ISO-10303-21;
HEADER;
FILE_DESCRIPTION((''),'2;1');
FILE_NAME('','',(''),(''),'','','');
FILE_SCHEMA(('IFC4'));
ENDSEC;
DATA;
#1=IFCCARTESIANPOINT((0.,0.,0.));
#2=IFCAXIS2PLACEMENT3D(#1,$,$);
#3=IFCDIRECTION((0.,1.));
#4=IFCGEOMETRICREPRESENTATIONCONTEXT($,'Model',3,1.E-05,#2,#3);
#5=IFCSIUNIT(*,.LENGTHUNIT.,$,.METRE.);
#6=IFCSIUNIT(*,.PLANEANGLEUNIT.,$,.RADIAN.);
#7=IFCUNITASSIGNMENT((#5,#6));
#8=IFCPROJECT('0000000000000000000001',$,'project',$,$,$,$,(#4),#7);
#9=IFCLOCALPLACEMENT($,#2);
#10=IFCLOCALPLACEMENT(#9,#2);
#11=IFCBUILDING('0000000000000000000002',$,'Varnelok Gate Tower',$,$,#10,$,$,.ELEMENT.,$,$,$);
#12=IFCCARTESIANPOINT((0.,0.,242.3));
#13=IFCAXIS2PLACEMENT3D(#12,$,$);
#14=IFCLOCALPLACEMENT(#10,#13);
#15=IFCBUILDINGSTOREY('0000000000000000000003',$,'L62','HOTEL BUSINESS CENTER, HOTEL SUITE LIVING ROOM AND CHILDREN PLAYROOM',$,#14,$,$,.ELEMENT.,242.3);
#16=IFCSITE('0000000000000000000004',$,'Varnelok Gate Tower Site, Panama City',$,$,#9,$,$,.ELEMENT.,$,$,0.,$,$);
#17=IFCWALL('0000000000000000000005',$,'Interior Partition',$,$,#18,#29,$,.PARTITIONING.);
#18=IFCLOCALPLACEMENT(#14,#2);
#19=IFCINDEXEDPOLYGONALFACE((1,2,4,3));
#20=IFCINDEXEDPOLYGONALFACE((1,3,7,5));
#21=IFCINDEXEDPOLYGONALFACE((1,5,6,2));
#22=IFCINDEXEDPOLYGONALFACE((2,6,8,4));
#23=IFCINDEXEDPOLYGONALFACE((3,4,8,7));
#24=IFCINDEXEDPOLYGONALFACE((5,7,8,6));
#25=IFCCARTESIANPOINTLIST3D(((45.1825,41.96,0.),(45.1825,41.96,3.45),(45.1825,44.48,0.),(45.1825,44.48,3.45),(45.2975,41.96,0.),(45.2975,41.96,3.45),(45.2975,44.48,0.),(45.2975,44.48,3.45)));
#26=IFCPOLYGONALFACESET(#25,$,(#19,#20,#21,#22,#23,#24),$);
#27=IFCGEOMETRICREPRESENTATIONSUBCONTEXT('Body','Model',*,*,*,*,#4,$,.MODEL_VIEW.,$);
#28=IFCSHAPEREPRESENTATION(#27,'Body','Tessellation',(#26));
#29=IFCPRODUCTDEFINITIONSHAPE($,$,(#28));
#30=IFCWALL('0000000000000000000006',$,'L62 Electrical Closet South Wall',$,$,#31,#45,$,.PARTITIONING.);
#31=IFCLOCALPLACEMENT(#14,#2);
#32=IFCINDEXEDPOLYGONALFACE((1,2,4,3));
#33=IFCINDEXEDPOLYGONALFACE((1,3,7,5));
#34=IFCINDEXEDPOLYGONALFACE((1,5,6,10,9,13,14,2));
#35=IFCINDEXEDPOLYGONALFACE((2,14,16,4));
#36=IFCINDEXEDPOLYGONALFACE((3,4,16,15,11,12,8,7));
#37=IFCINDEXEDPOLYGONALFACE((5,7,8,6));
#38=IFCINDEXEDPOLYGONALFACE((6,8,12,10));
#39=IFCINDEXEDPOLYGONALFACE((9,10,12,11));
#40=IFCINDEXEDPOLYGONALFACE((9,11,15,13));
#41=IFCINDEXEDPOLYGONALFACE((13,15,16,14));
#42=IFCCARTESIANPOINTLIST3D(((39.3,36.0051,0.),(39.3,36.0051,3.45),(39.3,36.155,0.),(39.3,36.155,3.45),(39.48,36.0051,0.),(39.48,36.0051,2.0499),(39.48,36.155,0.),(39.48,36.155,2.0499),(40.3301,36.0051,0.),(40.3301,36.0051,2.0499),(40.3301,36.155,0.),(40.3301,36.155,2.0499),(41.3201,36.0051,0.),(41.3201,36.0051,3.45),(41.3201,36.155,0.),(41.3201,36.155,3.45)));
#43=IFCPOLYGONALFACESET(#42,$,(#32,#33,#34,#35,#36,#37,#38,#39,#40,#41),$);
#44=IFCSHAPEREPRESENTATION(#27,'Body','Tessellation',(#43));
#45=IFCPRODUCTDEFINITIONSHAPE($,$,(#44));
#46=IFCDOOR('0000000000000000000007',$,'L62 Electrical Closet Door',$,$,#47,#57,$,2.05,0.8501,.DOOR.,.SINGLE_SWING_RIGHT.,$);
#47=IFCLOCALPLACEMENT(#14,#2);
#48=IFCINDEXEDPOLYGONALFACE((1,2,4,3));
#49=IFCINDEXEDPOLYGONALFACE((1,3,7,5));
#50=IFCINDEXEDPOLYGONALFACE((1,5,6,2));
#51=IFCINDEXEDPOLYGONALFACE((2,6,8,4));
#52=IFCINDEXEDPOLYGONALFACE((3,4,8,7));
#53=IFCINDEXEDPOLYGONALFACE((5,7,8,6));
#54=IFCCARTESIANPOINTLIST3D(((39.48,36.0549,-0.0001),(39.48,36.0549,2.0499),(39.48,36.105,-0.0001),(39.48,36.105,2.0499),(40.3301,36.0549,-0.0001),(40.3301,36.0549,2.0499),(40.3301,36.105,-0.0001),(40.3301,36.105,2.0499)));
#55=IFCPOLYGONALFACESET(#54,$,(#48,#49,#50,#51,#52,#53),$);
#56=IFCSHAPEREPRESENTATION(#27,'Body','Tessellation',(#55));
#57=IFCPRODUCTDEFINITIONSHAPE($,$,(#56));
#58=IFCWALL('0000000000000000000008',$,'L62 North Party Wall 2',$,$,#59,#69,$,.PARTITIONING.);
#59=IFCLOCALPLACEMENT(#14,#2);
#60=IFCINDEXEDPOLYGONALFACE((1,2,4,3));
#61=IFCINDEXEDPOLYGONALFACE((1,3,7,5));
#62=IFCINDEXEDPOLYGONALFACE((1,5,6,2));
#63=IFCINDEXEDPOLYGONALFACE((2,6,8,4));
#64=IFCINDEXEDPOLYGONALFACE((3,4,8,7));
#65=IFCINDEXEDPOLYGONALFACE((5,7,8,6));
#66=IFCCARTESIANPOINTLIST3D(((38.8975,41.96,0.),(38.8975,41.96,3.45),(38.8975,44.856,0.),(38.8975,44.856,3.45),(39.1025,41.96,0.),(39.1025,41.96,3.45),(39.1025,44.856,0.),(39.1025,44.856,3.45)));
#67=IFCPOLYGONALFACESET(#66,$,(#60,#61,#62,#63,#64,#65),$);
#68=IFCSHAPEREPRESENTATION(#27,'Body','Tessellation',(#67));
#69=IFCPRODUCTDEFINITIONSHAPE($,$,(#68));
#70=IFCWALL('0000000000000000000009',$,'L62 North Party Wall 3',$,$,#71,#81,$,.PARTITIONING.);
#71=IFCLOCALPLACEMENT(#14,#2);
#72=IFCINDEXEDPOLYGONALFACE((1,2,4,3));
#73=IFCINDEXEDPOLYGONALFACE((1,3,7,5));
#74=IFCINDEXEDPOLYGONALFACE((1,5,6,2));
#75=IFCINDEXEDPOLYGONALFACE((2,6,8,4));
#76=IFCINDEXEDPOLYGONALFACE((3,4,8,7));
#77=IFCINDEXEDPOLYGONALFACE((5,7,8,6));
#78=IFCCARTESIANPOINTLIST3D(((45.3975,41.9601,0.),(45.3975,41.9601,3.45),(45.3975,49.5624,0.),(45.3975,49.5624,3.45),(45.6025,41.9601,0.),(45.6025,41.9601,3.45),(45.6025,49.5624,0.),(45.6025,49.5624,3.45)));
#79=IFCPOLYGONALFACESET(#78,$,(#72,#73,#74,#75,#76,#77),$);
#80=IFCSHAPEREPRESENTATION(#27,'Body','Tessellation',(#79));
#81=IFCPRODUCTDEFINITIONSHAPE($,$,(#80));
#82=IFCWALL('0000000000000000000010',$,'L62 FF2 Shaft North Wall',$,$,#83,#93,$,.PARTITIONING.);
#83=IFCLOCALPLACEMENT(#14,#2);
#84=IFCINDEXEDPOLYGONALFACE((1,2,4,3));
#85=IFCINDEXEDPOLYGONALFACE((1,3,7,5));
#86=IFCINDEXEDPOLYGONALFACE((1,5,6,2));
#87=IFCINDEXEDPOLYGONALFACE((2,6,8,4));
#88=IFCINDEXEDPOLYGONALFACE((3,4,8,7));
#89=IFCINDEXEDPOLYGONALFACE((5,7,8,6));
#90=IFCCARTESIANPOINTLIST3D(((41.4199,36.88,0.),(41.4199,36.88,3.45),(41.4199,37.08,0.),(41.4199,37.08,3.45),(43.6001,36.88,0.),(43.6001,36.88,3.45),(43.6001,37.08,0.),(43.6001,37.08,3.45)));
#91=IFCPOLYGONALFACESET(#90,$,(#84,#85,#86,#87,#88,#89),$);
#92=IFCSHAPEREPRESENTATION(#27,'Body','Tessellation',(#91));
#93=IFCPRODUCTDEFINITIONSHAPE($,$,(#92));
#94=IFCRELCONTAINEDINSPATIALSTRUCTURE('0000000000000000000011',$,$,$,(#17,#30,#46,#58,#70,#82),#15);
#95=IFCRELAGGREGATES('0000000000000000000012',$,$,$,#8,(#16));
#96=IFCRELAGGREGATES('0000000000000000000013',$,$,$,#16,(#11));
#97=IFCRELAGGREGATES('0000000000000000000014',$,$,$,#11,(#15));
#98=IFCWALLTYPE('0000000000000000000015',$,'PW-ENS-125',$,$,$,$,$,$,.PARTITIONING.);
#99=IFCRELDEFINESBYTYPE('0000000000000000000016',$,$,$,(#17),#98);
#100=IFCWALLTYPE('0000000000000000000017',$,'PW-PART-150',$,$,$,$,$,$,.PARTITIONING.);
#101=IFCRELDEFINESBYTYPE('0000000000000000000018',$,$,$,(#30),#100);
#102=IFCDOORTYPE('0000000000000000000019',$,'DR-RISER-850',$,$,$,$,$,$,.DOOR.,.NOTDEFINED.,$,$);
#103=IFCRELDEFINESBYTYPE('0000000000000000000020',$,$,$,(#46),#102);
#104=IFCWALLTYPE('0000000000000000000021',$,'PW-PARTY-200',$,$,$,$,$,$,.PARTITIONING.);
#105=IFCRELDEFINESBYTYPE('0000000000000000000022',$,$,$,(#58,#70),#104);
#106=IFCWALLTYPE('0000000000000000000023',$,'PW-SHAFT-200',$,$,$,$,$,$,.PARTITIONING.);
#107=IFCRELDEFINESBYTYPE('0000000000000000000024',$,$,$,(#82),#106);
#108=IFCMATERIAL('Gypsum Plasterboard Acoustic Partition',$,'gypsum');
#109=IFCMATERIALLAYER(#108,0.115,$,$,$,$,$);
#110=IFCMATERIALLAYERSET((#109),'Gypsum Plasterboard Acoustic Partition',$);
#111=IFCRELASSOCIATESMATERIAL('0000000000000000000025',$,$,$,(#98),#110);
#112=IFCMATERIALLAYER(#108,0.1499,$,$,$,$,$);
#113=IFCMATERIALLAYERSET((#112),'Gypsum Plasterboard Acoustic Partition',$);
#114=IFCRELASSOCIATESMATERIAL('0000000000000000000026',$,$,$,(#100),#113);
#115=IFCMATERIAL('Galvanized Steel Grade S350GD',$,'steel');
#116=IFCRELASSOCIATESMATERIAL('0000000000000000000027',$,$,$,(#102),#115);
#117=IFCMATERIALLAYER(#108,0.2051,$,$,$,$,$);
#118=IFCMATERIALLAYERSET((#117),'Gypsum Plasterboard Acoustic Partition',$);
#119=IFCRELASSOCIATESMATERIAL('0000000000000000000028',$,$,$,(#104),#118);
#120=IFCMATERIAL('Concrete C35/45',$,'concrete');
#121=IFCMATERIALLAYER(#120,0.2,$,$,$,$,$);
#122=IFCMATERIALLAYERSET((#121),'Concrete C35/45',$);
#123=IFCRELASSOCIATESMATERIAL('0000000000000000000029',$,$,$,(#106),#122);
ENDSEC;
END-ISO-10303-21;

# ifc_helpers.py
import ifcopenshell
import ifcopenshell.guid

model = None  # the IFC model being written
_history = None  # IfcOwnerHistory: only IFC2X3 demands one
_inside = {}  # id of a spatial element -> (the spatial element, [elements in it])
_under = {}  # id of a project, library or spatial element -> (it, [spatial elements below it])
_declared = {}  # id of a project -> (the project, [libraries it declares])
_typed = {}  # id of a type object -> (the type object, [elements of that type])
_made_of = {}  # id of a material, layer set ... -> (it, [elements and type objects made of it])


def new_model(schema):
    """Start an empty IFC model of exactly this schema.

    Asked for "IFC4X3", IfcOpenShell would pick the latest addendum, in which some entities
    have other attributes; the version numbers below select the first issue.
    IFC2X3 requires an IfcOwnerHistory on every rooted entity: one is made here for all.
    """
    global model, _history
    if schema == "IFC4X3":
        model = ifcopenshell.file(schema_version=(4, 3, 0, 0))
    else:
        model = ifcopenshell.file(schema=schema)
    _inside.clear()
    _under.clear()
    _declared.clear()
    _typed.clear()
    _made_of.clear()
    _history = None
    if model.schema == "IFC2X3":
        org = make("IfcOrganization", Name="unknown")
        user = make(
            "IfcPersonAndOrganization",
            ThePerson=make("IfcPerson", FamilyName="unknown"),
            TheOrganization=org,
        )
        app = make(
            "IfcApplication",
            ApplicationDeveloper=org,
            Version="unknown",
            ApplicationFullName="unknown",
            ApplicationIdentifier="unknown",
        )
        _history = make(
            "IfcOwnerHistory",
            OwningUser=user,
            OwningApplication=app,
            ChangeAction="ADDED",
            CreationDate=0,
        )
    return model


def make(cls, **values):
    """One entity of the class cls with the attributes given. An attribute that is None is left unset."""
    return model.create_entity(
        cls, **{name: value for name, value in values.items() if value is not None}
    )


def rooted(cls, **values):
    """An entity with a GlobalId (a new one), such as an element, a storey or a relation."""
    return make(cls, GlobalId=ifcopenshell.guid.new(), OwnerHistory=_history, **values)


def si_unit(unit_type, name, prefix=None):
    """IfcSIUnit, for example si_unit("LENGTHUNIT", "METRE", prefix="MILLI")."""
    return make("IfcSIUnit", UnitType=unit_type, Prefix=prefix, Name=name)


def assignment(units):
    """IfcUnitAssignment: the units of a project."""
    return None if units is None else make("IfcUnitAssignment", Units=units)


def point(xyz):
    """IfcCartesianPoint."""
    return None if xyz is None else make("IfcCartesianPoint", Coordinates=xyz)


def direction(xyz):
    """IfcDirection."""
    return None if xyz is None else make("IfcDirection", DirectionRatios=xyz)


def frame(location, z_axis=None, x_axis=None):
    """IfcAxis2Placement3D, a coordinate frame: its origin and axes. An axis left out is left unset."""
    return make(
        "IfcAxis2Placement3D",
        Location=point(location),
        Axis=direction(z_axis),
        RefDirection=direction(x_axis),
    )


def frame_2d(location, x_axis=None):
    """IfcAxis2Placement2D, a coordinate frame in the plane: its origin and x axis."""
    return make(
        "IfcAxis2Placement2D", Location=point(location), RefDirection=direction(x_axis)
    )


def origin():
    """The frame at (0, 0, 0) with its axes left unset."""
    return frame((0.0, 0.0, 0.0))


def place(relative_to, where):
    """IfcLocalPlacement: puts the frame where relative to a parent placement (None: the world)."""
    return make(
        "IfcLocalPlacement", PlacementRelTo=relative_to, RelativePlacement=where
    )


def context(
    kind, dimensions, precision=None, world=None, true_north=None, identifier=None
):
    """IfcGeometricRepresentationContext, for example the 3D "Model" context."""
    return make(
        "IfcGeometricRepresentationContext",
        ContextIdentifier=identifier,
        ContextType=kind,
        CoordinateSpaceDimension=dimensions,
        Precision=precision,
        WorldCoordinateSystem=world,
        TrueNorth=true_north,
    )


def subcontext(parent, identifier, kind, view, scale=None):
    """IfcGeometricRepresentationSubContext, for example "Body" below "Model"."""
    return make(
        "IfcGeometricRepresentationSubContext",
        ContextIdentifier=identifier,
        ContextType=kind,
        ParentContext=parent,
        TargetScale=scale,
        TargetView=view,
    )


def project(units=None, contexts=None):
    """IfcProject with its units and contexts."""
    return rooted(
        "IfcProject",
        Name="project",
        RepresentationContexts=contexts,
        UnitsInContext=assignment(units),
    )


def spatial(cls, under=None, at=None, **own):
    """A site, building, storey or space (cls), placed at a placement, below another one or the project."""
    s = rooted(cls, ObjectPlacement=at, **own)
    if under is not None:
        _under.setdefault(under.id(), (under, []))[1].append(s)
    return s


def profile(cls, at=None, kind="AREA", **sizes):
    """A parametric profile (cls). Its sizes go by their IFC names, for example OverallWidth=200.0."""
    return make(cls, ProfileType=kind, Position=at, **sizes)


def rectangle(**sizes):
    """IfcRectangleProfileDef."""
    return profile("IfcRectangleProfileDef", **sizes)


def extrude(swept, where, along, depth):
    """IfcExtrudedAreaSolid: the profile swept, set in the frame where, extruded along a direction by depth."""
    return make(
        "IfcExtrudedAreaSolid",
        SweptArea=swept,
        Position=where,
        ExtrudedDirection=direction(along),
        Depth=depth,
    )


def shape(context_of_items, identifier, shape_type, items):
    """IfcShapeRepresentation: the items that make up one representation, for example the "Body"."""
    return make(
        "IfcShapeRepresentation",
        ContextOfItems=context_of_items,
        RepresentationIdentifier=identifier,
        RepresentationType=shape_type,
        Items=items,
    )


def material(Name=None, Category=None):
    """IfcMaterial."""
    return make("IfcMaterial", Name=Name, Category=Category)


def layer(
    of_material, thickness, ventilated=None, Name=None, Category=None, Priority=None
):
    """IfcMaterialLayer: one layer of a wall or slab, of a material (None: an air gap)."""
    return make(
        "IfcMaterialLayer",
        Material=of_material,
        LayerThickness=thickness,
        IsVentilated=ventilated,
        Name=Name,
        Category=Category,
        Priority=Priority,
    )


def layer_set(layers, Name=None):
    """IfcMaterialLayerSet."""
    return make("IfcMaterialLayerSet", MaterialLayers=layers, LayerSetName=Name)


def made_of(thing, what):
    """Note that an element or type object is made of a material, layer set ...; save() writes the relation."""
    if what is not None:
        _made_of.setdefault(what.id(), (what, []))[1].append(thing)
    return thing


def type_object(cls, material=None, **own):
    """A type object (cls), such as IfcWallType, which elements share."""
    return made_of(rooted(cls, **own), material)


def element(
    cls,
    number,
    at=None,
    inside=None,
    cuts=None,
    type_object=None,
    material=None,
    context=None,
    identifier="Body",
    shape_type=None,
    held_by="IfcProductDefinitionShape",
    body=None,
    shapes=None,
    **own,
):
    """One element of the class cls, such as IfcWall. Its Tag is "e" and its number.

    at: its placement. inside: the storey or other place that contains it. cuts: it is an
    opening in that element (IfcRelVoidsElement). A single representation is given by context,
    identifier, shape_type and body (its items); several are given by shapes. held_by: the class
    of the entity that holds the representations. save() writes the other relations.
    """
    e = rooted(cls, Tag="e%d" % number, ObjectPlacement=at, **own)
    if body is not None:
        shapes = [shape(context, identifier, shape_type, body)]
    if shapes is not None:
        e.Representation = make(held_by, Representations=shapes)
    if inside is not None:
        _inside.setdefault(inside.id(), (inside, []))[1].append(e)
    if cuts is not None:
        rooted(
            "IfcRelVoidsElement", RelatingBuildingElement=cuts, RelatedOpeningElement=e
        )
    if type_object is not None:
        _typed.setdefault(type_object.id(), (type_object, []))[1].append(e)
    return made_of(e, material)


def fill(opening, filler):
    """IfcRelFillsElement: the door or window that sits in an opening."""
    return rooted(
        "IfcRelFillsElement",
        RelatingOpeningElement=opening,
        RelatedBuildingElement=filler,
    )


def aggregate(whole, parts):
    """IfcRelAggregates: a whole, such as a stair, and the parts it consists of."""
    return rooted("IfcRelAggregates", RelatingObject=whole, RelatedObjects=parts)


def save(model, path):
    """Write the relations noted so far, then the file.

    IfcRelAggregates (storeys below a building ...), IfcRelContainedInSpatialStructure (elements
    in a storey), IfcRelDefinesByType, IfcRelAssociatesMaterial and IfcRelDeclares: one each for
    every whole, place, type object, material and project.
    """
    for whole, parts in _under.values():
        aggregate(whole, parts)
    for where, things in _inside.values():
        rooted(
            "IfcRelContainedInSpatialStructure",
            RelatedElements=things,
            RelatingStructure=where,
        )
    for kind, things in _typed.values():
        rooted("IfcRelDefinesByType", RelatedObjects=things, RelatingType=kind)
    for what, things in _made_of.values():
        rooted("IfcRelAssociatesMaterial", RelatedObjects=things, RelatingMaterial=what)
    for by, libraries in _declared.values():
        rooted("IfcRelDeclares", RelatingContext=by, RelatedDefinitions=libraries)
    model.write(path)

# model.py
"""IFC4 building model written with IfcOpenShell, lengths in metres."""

from ifc_helpers import new_model, si_unit, direction, frame, frame_2d, origin, place, context, subcontext, project, spatial, rectangle, extrude, material, layer, layer_set, type_object, element, fill, save


model = new_model("IFC4")

# Units and contexts
model_context = context("Model", 3, precision=1e-05, world=origin(), true_north=direction((0.0, 1.0)))
body_context = subcontext(model_context, "Body", "Model", "MODEL_VIEW")
ifc_project = project(units=[si_unit("LENGTHUNIT", "METRE"), si_unit("PLANEANGLEUNIT", "RADIAN")], contexts=[model_context])

# Site, building, storey
site_placement = place(None, origin())
site = spatial("IfcSite", under=ifc_project, at=site_placement, Name="Varnelok Gate Tower Site, Panama City", CompositionType="ELEMENT", RefElevation=0.0)
building_placement = place(site_placement, origin())
building = spatial("IfcBuilding", under=site, at=building_placement, Name="Varnelok Gate Tower", CompositionType="ELEMENT")
storey_placement = place(building_placement, frame((0.0, 0.0, 242.3)))
storey = spatial("IfcBuildingStorey", under=building, at=storey_placement, Name="L62", Description="HOTEL BUSINESS CENTER, HOTEL SUITE LIVING ROOM AND CHILDREN PLAYROOM", CompositionType="ELEMENT", Elevation=242.3)

# Shared definitions
ifc_material_1 = material(Name="Gypsum Plasterboard Acoustic Partition", Category="gypsum")

# Shared definitions
ifc_layer_1 = layer(ifc_material_1, 0.115)
ifc_layer_set_1 = layer_set([ifc_layer_1], Name="Gypsum Plasterboard Acoustic Partition")
wall_type_1 = type_object("IfcWallType", Name="PW-ENS-125", PredefinedType="PARTITIONING", material=ifc_layer_set_1)

# Wall
wall_1_placement = place(storey_placement, frame((45.24, 41.96, 0.0), z_axis=(0.0, 0.0, 1.0), x_axis=(0.0, 1.0, 0.0)))
element("IfcWall", 1, at=wall_1_placement, inside=storey, type_object=wall_type_1, Name="Interior Partition", PredefinedType="PARTITIONING", context=body_context, shape_type="SweptSolid", body=[
    extrude(rectangle(XDim=2.52, YDim=0.115, at=frame_2d((1.26, 0.0))), origin(), (0.0, 0.0, 1.0), 3.45),
])

# Wall, opening, door
ifc_layer_2 = layer(ifc_material_1, 0.1499)
ifc_layer_set_2 = layer_set([ifc_layer_2], Name="Gypsum Plasterboard Acoustic Partition")
wall_type_2 = type_object("IfcWallType", Name="PW-PART-150", PredefinedType="PARTITIONING", material=ifc_layer_set_2)
wall_2_placement = place(storey_placement, frame((39.3, 36.0801, 0.0), z_axis=(0.0, 0.0, 1.0), x_axis=(1.0, 0.0, 0.0)))
wall_2 = element("IfcWall", 2, at=wall_2_placement, inside=storey, type_object=wall_type_2, Name="L62 Electrical Closet South Wall", PredefinedType="PARTITIONING", context=body_context, shape_type="SweptSolid", body=[
    extrude(rectangle(XDim=2.02, YDim=0.1499, at=frame_2d((1.01, 0.0))), origin(), (0.0, 0.0, 1.0), 3.45),
])
opening_1_placement = place(wall_2_placement, frame((0.1799, 0.0, 0.0)))
opening_1 = element("IfcOpeningElement", 3, at=opening_1_placement, cuts=wall_2, PredefinedType="OPENING", context=body_context, shape_type="SweptSolid", body=[
    extrude(rectangle(XDim=0.8501, YDim=2.05, at=frame_2d((0.425, 1.0249))), frame((0.0, 0.085, 0.0), z_axis=(0.0, -1.0, 0.0), x_axis=(1.0, 0.0, 0.0)), (0.0, 0.0, 1.0), 0.1699),
])
ifc_material_2 = material(Name="Galvanized Steel Grade S350GD", Category="steel")
door_type_1 = type_object("IfcDoorType", Name="DR-RISER-850", OperationType="NOTDEFINED", PredefinedType="DOOR", material=ifc_material_2)
door_1_placement = place(opening_1_placement, origin())
door_1 = element("IfcDoor", 4, at=door_1_placement, inside=storey, type_object=door_type_1, Name="L62 Electrical Closet Door", OperationType="SINGLE_SWING_RIGHT", OverallHeight=2.05, OverallWidth=0.8501, PredefinedType="DOOR", context=body_context, shape_type="SweptSolid", body=[
    extrude(rectangle(XDim=0.8501, YDim=2.05, at=frame_2d((0.425, 1.0249))), frame((0.0, 0.0249, 0.0), z_axis=(0.0, -1.0, 0.0), x_axis=(1.0, 0.0, 0.0)), (0.0, 0.0, 1.0), 0.05),
])
fill(opening_1, door_1)

# Walls
ifc_layer_3 = layer(ifc_material_1, 0.2051)
ifc_layer_set_3 = layer_set([ifc_layer_3], Name="Gypsum Plasterboard Acoustic Partition")
wall_type_3 = type_object("IfcWallType", Name="PW-PARTY-200", PredefinedType="PARTITIONING", material=ifc_layer_set_3)
wall_3_placement = place(storey_placement, frame((39.0, 41.96, 0.0), z_axis=(0.0, 0.0, 1.0), x_axis=(0.0, 1.0, 0.0)))
element("IfcWall", 5, at=wall_3_placement, inside=storey, type_object=wall_type_3, Name="L62 North Party Wall 2", PredefinedType="PARTITIONING", context=body_context, shape_type="SweptSolid", body=[
    extrude(rectangle(XDim=2.896, YDim=0.2051, at=frame_2d((1.448, 0.0))), origin(), (0.0, 0.0, 1.0), 3.45),
])
wall_4_placement = place(storey_placement, frame((45.5, 41.96, 0.0), z_axis=(0.0, 0.0, 1.0), x_axis=(0.0, 1.0, 0.0)))
element("IfcWall", 6, at=wall_4_placement, inside=storey, type_object=wall_type_3, Name="L62 North Party Wall 3", PredefinedType="PARTITIONING", context=body_context, shape_type="SweptSolid", body=[
    extrude(rectangle(XDim=7.6023, YDim=0.2051, at=frame_2d((3.8013, 0.0))), origin(), (0.0, 0.0, 1.0), 3.45),
])
ifc_material_3 = material(Name="Concrete C35/45", Category="concrete")
ifc_layer_4 = layer(ifc_material_3, 0.2)
ifc_layer_set_4 = layer_set([ifc_layer_4], Name="Concrete C35/45")
wall_type_4 = type_object("IfcWallType", Name="PW-SHAFT-200", PredefinedType="PARTITIONING", material=ifc_layer_set_4)
wall_5_placement = place(storey_placement, frame((41.4199, 36.98, 0.0), z_axis=(0.0, 0.0, 1.0), x_axis=(1.0, 0.0, 0.0)))
element("IfcWall", 7, at=wall_5_placement, inside=storey, type_object=wall_type_4, Name="L62 FF2 Shaft North Wall", PredefinedType="PARTITIONING", context=body_context, shape_type="SweptSolid", body=[
    extrude(rectangle(XDim=2.1802, YDim=0.2, at=frame_2d((1.0901, 0.0))), origin(), (0.0, 0.0, 1.0), 3.45),
])

save(model, "model.ifc")
